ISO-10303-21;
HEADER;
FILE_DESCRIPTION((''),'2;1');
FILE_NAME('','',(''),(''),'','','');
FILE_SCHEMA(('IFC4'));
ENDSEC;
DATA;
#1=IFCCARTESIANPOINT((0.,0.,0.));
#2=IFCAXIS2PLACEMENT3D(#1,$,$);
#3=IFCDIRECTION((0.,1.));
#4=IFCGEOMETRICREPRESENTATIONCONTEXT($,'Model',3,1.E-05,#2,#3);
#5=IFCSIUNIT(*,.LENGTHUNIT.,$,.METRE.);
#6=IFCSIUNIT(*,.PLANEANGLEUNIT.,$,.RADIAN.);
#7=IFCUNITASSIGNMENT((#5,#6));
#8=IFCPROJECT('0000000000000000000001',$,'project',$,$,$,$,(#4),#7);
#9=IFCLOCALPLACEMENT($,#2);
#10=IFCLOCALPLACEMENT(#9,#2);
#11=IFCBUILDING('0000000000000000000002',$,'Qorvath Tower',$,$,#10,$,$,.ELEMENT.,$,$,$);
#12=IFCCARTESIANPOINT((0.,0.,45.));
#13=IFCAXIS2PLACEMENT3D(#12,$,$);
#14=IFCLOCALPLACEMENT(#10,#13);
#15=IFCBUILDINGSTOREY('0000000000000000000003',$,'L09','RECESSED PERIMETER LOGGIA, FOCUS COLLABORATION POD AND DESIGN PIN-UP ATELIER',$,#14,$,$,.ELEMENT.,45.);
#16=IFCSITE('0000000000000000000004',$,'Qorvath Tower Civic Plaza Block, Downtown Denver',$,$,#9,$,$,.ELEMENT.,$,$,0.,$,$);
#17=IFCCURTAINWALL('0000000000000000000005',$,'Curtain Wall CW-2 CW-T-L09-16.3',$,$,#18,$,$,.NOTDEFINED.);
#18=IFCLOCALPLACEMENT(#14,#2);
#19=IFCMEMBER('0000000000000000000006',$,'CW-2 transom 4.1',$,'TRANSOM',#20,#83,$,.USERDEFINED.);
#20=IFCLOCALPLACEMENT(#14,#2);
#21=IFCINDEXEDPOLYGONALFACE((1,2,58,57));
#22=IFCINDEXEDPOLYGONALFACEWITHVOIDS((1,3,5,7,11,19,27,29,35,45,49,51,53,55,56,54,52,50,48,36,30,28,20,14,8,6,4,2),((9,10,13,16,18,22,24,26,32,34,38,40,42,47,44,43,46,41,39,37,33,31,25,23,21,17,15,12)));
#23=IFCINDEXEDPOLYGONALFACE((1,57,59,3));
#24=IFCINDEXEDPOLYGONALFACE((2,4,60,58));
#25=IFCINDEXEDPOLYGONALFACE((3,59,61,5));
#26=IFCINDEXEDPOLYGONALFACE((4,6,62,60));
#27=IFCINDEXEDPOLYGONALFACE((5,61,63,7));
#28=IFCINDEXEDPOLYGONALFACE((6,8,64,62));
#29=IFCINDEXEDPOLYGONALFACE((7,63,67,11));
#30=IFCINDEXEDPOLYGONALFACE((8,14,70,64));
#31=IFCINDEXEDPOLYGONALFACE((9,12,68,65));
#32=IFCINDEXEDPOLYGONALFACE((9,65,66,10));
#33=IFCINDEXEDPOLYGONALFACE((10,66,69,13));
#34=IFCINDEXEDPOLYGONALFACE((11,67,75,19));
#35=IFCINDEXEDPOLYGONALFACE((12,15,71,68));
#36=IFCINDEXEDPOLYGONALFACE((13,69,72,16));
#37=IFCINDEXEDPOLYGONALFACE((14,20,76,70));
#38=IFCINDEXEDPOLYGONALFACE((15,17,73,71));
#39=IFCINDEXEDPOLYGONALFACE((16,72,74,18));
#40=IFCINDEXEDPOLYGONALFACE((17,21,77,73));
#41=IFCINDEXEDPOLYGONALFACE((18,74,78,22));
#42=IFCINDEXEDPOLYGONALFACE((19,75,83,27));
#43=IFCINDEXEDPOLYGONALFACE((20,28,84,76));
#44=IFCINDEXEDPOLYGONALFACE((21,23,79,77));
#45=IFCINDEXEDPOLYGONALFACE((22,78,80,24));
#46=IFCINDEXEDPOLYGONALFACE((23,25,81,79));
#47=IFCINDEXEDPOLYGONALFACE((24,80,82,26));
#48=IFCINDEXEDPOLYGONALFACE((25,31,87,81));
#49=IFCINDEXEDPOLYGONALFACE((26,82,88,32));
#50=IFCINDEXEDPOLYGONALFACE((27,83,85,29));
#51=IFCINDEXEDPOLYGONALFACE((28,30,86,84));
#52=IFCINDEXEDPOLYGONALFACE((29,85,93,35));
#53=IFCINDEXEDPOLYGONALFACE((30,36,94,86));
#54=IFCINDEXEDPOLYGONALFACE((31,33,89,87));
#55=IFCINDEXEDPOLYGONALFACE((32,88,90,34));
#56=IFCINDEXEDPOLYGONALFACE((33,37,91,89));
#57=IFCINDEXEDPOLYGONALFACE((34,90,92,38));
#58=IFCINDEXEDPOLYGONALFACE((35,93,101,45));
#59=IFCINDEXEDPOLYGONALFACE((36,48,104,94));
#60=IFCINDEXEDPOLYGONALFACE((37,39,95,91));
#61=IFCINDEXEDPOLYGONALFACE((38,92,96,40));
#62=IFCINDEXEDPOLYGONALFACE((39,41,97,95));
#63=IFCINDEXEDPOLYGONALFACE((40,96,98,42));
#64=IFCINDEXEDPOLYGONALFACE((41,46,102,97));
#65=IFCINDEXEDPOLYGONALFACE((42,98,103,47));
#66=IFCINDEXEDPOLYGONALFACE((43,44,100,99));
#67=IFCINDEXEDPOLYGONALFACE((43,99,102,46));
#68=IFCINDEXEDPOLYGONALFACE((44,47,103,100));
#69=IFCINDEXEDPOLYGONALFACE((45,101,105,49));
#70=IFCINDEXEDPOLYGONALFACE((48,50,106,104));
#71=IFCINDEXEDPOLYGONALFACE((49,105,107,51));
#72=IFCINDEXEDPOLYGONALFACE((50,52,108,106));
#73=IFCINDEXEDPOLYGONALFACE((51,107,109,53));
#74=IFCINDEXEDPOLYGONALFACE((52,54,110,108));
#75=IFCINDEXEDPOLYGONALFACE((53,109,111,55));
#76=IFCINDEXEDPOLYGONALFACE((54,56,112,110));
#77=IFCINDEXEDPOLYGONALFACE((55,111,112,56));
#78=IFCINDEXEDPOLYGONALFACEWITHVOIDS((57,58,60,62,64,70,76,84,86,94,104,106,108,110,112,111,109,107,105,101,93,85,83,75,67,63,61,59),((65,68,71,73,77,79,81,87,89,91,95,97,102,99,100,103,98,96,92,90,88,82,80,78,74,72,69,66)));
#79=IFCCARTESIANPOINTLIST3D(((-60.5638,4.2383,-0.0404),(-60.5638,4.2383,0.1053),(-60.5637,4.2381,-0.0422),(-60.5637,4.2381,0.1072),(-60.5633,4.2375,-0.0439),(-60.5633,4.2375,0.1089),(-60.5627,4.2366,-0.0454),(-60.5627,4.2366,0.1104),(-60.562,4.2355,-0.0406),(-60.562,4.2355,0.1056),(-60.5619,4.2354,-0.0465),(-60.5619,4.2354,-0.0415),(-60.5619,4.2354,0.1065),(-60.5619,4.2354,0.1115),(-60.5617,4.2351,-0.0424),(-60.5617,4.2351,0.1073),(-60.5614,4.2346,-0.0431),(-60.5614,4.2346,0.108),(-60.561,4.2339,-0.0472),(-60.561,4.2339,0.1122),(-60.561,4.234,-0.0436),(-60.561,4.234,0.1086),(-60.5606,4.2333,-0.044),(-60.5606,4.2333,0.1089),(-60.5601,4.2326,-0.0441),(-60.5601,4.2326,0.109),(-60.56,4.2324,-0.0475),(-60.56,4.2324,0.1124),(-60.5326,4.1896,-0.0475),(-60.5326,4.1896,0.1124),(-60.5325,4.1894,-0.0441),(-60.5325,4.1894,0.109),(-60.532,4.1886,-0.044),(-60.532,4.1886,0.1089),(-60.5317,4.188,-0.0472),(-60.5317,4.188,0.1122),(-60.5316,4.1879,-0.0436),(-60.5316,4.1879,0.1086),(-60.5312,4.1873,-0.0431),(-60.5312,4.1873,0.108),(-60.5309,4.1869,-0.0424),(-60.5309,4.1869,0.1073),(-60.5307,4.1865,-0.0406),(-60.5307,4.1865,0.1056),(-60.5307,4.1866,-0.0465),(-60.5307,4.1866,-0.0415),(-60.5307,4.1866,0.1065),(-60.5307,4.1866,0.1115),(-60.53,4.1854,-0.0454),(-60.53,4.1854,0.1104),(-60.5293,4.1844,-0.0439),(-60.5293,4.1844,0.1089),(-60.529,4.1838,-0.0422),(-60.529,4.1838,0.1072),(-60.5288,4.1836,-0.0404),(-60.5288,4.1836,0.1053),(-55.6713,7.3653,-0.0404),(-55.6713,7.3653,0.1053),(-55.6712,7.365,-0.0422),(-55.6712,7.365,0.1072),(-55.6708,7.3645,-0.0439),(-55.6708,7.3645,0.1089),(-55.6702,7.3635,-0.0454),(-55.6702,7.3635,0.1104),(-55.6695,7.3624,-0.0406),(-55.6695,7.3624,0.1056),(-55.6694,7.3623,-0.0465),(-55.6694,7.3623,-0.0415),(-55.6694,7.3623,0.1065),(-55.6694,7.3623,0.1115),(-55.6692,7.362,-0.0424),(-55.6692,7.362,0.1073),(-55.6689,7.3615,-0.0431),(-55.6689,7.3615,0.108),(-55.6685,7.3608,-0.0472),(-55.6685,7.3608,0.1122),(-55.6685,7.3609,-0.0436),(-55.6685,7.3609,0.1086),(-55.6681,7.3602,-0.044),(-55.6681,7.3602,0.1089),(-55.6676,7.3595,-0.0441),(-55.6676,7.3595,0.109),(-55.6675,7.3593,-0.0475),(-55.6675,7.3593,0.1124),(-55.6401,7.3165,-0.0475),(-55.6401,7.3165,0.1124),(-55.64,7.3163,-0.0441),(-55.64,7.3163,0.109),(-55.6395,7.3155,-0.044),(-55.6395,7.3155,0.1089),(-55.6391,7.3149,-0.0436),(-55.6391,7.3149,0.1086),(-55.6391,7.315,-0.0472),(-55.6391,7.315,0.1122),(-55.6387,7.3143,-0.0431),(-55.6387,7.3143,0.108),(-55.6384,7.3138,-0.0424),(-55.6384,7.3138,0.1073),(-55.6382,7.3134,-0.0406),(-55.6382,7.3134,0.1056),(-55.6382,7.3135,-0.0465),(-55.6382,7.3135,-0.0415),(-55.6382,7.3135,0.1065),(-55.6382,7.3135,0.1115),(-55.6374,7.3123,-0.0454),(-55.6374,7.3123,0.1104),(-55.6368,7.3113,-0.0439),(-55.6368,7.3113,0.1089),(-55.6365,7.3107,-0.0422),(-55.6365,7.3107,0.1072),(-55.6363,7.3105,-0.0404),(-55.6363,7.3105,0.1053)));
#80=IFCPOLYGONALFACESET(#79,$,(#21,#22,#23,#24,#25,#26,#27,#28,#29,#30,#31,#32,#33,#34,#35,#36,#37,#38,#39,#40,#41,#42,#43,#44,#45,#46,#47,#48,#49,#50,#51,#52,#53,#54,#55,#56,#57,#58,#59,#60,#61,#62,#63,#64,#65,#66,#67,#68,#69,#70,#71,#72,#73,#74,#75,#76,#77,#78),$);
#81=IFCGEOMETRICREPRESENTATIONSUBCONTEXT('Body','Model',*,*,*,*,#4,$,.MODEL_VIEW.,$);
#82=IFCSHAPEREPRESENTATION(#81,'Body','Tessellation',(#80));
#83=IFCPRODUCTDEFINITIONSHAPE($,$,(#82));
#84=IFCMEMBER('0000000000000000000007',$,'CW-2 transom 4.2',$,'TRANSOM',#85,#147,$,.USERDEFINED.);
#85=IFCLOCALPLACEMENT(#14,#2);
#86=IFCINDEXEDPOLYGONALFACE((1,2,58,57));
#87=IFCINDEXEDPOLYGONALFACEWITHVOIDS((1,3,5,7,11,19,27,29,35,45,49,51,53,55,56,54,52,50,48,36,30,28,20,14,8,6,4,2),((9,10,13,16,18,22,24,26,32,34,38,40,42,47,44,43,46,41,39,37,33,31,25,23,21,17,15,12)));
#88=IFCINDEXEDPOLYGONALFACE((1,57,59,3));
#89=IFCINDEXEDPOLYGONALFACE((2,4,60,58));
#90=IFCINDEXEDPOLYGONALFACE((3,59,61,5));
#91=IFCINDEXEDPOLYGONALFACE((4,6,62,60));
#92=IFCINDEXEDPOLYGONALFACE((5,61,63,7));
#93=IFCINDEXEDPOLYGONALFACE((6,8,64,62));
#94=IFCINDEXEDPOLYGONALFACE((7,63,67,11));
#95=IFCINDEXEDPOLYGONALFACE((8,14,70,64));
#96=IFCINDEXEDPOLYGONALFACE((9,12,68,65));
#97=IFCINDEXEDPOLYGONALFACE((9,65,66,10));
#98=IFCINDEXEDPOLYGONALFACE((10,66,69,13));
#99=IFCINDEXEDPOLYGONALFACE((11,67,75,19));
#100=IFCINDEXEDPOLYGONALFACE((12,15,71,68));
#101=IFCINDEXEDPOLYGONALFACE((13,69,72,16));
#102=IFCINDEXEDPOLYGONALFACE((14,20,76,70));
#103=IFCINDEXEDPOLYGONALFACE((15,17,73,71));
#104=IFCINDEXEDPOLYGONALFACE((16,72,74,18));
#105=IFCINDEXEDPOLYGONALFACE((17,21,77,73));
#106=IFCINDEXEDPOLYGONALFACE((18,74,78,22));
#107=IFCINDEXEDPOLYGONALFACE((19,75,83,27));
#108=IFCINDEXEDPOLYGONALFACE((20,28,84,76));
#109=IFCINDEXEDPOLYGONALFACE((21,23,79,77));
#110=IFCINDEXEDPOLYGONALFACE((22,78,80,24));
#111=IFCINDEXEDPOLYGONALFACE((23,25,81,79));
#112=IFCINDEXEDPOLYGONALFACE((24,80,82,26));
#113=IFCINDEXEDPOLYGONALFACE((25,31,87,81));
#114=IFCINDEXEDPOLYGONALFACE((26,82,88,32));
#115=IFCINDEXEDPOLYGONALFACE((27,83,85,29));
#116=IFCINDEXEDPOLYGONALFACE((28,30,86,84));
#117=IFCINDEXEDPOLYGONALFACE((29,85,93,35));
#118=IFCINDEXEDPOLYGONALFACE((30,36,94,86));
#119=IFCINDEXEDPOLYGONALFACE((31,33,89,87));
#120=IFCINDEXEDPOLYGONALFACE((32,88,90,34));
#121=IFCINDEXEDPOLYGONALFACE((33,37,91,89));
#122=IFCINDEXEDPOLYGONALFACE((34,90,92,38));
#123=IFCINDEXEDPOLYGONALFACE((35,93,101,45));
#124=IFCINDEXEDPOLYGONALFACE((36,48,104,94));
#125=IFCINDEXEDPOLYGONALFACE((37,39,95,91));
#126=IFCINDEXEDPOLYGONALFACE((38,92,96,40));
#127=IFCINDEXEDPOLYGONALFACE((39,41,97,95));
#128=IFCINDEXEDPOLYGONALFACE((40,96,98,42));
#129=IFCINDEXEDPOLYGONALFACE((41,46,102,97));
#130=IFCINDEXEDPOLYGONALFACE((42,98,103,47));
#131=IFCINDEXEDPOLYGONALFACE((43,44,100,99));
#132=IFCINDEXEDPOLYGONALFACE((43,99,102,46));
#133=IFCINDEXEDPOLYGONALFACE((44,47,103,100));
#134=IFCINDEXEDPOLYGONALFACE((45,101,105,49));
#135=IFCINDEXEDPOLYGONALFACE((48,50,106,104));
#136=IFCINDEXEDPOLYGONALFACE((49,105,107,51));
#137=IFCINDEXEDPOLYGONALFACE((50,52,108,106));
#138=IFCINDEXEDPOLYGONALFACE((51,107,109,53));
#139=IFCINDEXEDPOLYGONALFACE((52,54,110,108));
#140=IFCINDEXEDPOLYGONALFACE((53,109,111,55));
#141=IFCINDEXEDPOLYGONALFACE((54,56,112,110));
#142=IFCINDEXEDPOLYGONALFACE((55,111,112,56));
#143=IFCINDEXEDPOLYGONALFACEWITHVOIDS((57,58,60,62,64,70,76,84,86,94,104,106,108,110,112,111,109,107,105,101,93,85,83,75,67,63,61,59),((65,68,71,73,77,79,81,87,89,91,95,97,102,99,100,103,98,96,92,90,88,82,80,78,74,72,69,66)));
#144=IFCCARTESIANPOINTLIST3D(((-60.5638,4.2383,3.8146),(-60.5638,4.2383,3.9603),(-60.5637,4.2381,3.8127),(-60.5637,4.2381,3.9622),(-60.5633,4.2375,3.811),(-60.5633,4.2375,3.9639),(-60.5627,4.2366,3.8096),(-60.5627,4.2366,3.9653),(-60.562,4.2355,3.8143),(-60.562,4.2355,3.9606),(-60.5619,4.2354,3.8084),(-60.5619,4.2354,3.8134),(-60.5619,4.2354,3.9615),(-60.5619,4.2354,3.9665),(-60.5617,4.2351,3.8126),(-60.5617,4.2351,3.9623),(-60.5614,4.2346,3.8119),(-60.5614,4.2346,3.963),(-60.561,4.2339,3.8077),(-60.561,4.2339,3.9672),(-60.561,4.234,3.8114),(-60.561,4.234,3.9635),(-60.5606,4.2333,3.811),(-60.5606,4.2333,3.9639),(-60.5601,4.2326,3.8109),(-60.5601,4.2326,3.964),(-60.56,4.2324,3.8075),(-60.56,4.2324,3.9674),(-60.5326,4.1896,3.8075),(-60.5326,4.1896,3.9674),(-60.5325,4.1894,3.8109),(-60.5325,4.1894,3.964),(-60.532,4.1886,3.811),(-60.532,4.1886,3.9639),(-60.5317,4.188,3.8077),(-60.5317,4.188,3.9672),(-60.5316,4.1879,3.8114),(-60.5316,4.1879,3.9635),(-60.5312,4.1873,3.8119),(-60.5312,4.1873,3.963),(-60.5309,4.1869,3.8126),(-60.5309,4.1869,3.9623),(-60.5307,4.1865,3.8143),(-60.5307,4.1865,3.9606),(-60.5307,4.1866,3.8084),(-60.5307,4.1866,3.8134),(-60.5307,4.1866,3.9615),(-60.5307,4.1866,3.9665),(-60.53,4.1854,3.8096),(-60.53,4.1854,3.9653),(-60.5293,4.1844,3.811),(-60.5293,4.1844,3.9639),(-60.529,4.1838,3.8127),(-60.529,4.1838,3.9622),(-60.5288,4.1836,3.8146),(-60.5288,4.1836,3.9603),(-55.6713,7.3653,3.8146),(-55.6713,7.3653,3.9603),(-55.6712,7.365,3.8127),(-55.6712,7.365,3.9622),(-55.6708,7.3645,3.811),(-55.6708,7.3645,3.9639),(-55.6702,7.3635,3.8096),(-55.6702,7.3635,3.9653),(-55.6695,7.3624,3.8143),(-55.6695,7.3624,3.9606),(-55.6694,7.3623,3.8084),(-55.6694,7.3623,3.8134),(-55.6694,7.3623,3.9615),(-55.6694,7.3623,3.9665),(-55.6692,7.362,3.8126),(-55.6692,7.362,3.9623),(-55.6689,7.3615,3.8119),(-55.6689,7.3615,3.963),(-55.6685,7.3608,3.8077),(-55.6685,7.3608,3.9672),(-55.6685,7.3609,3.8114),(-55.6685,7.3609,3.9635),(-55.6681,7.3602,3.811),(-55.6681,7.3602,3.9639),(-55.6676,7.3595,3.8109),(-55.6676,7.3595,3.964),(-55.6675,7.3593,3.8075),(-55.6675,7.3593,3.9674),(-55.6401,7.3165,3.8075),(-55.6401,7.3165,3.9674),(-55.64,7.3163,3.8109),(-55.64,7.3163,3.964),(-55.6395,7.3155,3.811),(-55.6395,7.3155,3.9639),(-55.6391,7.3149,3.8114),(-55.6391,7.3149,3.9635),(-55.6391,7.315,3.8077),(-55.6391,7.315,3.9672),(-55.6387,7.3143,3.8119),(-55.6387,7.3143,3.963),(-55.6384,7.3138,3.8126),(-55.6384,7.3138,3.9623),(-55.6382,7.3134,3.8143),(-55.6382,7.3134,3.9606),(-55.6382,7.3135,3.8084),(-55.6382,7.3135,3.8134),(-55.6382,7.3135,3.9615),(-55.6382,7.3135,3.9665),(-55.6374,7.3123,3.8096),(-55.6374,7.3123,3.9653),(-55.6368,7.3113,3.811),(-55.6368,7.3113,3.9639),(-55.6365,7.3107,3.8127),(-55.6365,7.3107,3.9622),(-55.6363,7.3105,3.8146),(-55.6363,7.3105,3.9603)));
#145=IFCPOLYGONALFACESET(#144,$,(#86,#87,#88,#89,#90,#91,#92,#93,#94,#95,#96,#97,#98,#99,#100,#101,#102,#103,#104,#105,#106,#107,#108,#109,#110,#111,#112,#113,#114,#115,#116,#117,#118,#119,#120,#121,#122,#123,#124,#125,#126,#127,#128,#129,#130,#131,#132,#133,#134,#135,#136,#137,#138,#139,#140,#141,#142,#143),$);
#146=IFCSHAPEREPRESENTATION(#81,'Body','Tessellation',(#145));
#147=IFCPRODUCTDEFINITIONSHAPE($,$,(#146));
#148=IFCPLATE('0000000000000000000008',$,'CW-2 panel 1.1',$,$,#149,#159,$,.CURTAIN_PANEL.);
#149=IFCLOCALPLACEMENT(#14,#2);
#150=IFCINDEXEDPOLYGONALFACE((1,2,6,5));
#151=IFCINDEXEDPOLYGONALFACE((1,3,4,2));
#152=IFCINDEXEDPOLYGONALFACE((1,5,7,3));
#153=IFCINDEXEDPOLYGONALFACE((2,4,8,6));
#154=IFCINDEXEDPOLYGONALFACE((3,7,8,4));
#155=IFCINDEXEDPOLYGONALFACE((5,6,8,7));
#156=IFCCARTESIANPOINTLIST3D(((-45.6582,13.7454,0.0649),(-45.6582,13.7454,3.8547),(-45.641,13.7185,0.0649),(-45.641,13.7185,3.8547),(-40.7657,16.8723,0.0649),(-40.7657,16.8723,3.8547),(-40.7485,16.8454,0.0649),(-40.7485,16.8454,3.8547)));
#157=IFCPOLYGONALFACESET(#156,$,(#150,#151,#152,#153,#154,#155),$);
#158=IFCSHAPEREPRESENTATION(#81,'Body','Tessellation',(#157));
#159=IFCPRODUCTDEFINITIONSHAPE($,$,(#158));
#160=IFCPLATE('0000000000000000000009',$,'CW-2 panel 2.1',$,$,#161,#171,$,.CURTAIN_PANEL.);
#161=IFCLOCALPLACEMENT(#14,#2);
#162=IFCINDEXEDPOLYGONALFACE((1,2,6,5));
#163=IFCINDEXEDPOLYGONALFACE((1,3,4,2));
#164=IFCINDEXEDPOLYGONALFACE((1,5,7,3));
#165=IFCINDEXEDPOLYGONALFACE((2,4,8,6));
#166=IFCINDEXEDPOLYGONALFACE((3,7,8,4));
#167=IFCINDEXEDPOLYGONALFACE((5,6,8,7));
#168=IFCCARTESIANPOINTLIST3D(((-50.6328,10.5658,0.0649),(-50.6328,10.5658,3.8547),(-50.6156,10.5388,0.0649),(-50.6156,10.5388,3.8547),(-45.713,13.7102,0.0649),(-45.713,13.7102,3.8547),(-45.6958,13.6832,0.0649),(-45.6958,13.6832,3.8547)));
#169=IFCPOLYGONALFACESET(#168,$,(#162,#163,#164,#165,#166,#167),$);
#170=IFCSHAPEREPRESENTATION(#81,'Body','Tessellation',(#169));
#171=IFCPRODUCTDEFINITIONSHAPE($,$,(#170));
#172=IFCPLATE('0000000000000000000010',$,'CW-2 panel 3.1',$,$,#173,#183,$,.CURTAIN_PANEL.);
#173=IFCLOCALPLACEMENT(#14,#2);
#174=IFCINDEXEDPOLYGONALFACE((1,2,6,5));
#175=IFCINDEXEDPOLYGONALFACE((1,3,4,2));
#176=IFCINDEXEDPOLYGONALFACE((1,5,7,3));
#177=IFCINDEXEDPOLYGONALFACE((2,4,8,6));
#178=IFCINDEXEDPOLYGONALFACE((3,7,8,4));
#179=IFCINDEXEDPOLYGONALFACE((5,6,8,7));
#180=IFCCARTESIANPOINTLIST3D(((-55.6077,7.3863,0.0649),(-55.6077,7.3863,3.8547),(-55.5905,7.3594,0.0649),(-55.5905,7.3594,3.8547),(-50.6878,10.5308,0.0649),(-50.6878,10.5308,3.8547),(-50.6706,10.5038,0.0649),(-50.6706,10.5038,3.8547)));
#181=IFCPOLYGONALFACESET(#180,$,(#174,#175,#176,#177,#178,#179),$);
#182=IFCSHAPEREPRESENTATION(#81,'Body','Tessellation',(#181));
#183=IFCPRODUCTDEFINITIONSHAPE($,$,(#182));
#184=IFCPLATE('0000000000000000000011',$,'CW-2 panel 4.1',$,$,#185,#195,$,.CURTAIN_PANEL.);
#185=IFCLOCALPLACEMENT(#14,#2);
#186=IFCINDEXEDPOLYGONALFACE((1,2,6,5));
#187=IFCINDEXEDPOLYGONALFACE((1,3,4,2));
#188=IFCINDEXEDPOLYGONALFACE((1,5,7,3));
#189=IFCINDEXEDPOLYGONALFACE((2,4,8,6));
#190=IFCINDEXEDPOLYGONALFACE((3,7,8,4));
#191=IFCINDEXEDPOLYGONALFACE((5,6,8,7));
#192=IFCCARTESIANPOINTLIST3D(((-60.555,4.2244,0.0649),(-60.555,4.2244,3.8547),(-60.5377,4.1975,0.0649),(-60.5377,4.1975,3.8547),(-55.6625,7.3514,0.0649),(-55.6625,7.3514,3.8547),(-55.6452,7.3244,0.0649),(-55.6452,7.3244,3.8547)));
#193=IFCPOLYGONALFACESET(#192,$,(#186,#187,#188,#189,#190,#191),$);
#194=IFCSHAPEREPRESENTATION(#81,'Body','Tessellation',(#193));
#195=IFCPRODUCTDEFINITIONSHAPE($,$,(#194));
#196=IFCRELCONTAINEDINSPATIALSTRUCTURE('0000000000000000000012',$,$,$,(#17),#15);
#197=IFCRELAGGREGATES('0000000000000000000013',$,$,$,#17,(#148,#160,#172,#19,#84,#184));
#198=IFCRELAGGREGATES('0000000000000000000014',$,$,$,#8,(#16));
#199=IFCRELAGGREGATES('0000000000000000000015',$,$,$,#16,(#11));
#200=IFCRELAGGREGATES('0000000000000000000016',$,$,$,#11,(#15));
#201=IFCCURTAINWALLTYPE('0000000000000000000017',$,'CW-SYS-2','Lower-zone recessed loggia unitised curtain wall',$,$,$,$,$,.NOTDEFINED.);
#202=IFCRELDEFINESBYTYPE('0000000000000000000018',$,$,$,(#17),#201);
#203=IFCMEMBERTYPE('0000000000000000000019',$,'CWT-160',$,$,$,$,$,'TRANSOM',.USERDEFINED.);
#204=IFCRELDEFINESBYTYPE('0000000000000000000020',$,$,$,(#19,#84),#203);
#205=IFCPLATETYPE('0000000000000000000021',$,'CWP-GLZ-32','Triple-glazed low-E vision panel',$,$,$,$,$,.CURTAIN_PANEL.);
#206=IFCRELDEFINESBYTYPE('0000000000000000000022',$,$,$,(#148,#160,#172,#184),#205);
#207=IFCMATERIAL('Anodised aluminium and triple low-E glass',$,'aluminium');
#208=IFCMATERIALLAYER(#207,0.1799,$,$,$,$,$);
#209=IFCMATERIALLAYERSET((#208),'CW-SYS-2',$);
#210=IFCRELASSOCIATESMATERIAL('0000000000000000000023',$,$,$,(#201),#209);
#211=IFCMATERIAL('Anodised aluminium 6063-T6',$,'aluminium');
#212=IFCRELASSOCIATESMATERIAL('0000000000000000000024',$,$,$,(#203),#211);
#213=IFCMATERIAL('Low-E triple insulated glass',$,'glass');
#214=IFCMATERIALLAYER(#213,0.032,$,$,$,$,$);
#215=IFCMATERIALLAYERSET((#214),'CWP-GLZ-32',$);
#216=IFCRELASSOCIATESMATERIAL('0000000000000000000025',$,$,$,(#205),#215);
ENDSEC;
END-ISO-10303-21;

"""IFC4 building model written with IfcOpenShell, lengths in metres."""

from ifc_helpers import new_model, si_unit, direction, frame, origin, origin_2d, place, context, subcontext, project, spatial, rectangle, hollow_rectangle, extrude, material, layer, layer_set, material_profile, profile_set, type_object, element, aggregate, save


model = new_model("IFC4")

# Units and contexts
model_context = context("Model", 3, precision=1e-05, world=origin(), true_north=direction((0.0, 1.0)))
body_context = subcontext(model_context, "Body", "Model", "MODEL_VIEW")
ifc_project = project(units=[si_unit("LENGTHUNIT", "METRE"), si_unit("PLANEANGLEUNIT", "RADIAN")], contexts=[model_context])

# Site, building, storey
site_placement = place(None, origin())
site = spatial("IfcSite", under=ifc_project, at=site_placement, Name="Qorvath Tower Civic Plaza Block, Downtown Denver", CompositionType="ELEMENT", RefElevation=0.0)
building_placement = place(site_placement, origin())
building = spatial("IfcBuilding", under=site, at=building_placement, Name="Qorvath Tower", CompositionType="ELEMENT")
storey_placement = place(building_placement, frame((0.0, 0.0, 45.0)))
storey = spatial("IfcBuildingStorey", under=building, at=storey_placement, Name="L09", Description="RECESSED PERIMETER LOGGIA, FOCUS COLLABORATION POD AND DESIGN PIN-UP ATELIER", CompositionType="ELEMENT", Elevation=45.0)

# Curtain wall, members, plates
ifc_material_1 = material(Name="Anodised aluminium and triple low-E glass", Category="aluminium")
ifc_layer_1 = layer(ifc_material_1, 0.1799)
ifc_layer_set_1 = layer_set([ifc_layer_1], Name="CW-SYS-2")
curtain_wall_type = type_object("IfcCurtainWallType", Name="CW-SYS-2", Description="Lower-zone recessed loggia unitised curtain wall", PredefinedType="NOTDEFINED", material=ifc_layer_set_1)
curtain_wall_placement = place(storey_placement, origin())
curtain_wall = element("IfcCurtainWall", 1, at=curtain_wall_placement, inside=storey, type_object=curtain_wall_type, Name="Curtain Wall CW-2 CW-T-L09-16.3", PredefinedType="NOTDEFINED")
ifc_material_2 = material(Name="Anodised aluminium 6063-T6", Category="aluminium")
ifc_material_profile_1 = material_profile(ifc_material_2, hollow_rectangle(XDim=0.0649, YDim=0.1599, WallThickness=0.0034, InnerFilletRadius=0.0034, OuterFilletRadius=0.0071, at=origin_2d()), Name="CWT 160x65")
ifc_profile_set_1 = profile_set([ifc_material_profile_1], Name="Anodised aluminium 6063-T6")
member_type_1 = type_object("IfcMemberType", Name="CWT-160", ElementType="TRANSOM", PredefinedType="USERDEFINED", material=ifc_profile_set_1)
member_1_placement = place(storey_placement, frame((-55.6538, 7.3379, 0.0325), z_axis=(-0.842607, -0.538529, 0.0), x_axis=(0.538529, -0.842607, 0.0)))
member_1 = element("IfcMember", 2, at=member_1_placement, type_object=member_type_1, Name="CW-2 transom 4.1", ObjectType="TRANSOM", PredefinedType="USERDEFINED", context=body_context, shape_type="SweptSolid", body=[
    extrude(hollow_rectangle(XDim=0.0649, YDim=0.1599, WallThickness=0.0034, InnerFilletRadius=0.0034, OuterFilletRadius=0.0071, at=origin_2d()), origin(), (0.0, 0.0, 1.0), 5.8064),
])
member_2_placement = place(storey_placement, frame((-55.6538, 7.3379, 3.8875), z_axis=(-0.842607, -0.538529, 0.0), x_axis=(0.538529, -0.842607, 0.0)))
member_2 = element("IfcMember", 3, at=member_2_placement, type_object=member_type_1, Name="CW-2 transom 4.2", ObjectType="TRANSOM", PredefinedType="USERDEFINED", context=body_context, shape_type="SweptSolid", body=[
    extrude(hollow_rectangle(XDim=0.0649, YDim=0.1599, WallThickness=0.0034, InnerFilletRadius=0.0034, OuterFilletRadius=0.0071, at=origin_2d()), origin(), (0.0, 0.0, 1.0), 5.8064),
])
ifc_material_3 = material(Name="Low-E triple insulated glass", Category="glass")
ifc_layer_2 = layer(ifc_material_3, 0.032)
ifc_layer_set_2 = layer_set([ifc_layer_2], Name="CWP-GLZ-32")
plate_type = type_object("IfcPlateType", Name="CWP-GLZ-32", Description="Triple-glazed low-E vision panel", PredefinedType="CURTAIN_PANEL", material=ifc_layer_set_2)
plate_1_placement = place(storey_placement, frame((-43.2034, 15.2954, 0.0649), z_axis=(0.0, 0.0, 1.0), x_axis=(-0.842605, -0.538532, 0.0)))
plate_1 = element("IfcPlate", 4, at=plate_1_placement, type_object=plate_type, Name="CW-2 panel 1.1", PredefinedType="CURTAIN_PANEL", context=body_context, shape_type="SweptSolid", body=[
    extrude(rectangle(XDim=5.8064, YDim=0.032, at=origin_2d()), origin(), (0.0, 0.0, 1.0), 3.7898),
])
plate_2_placement = place(storey_placement, frame((-48.1643, 12.1245, 0.0649), z_axis=(0.0, 0.0, 1.0), x_axis=(-0.842605, -0.538532, 0.0)))
plate_2 = element("IfcPlate", 5, at=plate_2_placement, type_object=plate_type, Name="CW-2 panel 2.1", PredefinedType="CURTAIN_PANEL", context=body_context, shape_type="SweptSolid", body=[
    extrude(rectangle(XDim=5.8389, YDim=0.032, at=origin_2d()), origin(), (0.0, 0.0, 1.0), 3.7898),
])
plate_3_placement = place(storey_placement, frame((-53.1392, 8.9451, 0.0649), z_axis=(0.0, 0.0, 1.0), x_axis=(-0.842605, -0.538532, 0.0)))
plate_3 = element("IfcPlate", 6, at=plate_3_placement, type_object=plate_type, Name="CW-2 panel 3.1", PredefinedType="CURTAIN_PANEL", context=body_context, shape_type="SweptSolid", body=[
    extrude(rectangle(XDim=5.8389, YDim=0.032, at=origin_2d()), origin(), (0.0, 0.0, 1.0), 3.7898),
])
plate_4_placement = place(storey_placement, frame((-58.1001, 5.7744, 0.0649), z_axis=(0.0, 0.0, 1.0), x_axis=(-0.842605, -0.538532, 0.0)))
plate_4 = element("IfcPlate", 7, at=plate_4_placement, type_object=plate_type, Name="CW-2 panel 4.1", PredefinedType="CURTAIN_PANEL", context=body_context, shape_type="SweptSolid", body=[
    extrude(rectangle(XDim=5.8064, YDim=0.032, at=origin_2d()), origin(), (0.0, 0.0, 1.0), 3.7898),
])
aggregate(curtain_wall, [plate_1, plate_2, plate_3, member_1, member_2, plate_4])

save(model, "model.ifc")
